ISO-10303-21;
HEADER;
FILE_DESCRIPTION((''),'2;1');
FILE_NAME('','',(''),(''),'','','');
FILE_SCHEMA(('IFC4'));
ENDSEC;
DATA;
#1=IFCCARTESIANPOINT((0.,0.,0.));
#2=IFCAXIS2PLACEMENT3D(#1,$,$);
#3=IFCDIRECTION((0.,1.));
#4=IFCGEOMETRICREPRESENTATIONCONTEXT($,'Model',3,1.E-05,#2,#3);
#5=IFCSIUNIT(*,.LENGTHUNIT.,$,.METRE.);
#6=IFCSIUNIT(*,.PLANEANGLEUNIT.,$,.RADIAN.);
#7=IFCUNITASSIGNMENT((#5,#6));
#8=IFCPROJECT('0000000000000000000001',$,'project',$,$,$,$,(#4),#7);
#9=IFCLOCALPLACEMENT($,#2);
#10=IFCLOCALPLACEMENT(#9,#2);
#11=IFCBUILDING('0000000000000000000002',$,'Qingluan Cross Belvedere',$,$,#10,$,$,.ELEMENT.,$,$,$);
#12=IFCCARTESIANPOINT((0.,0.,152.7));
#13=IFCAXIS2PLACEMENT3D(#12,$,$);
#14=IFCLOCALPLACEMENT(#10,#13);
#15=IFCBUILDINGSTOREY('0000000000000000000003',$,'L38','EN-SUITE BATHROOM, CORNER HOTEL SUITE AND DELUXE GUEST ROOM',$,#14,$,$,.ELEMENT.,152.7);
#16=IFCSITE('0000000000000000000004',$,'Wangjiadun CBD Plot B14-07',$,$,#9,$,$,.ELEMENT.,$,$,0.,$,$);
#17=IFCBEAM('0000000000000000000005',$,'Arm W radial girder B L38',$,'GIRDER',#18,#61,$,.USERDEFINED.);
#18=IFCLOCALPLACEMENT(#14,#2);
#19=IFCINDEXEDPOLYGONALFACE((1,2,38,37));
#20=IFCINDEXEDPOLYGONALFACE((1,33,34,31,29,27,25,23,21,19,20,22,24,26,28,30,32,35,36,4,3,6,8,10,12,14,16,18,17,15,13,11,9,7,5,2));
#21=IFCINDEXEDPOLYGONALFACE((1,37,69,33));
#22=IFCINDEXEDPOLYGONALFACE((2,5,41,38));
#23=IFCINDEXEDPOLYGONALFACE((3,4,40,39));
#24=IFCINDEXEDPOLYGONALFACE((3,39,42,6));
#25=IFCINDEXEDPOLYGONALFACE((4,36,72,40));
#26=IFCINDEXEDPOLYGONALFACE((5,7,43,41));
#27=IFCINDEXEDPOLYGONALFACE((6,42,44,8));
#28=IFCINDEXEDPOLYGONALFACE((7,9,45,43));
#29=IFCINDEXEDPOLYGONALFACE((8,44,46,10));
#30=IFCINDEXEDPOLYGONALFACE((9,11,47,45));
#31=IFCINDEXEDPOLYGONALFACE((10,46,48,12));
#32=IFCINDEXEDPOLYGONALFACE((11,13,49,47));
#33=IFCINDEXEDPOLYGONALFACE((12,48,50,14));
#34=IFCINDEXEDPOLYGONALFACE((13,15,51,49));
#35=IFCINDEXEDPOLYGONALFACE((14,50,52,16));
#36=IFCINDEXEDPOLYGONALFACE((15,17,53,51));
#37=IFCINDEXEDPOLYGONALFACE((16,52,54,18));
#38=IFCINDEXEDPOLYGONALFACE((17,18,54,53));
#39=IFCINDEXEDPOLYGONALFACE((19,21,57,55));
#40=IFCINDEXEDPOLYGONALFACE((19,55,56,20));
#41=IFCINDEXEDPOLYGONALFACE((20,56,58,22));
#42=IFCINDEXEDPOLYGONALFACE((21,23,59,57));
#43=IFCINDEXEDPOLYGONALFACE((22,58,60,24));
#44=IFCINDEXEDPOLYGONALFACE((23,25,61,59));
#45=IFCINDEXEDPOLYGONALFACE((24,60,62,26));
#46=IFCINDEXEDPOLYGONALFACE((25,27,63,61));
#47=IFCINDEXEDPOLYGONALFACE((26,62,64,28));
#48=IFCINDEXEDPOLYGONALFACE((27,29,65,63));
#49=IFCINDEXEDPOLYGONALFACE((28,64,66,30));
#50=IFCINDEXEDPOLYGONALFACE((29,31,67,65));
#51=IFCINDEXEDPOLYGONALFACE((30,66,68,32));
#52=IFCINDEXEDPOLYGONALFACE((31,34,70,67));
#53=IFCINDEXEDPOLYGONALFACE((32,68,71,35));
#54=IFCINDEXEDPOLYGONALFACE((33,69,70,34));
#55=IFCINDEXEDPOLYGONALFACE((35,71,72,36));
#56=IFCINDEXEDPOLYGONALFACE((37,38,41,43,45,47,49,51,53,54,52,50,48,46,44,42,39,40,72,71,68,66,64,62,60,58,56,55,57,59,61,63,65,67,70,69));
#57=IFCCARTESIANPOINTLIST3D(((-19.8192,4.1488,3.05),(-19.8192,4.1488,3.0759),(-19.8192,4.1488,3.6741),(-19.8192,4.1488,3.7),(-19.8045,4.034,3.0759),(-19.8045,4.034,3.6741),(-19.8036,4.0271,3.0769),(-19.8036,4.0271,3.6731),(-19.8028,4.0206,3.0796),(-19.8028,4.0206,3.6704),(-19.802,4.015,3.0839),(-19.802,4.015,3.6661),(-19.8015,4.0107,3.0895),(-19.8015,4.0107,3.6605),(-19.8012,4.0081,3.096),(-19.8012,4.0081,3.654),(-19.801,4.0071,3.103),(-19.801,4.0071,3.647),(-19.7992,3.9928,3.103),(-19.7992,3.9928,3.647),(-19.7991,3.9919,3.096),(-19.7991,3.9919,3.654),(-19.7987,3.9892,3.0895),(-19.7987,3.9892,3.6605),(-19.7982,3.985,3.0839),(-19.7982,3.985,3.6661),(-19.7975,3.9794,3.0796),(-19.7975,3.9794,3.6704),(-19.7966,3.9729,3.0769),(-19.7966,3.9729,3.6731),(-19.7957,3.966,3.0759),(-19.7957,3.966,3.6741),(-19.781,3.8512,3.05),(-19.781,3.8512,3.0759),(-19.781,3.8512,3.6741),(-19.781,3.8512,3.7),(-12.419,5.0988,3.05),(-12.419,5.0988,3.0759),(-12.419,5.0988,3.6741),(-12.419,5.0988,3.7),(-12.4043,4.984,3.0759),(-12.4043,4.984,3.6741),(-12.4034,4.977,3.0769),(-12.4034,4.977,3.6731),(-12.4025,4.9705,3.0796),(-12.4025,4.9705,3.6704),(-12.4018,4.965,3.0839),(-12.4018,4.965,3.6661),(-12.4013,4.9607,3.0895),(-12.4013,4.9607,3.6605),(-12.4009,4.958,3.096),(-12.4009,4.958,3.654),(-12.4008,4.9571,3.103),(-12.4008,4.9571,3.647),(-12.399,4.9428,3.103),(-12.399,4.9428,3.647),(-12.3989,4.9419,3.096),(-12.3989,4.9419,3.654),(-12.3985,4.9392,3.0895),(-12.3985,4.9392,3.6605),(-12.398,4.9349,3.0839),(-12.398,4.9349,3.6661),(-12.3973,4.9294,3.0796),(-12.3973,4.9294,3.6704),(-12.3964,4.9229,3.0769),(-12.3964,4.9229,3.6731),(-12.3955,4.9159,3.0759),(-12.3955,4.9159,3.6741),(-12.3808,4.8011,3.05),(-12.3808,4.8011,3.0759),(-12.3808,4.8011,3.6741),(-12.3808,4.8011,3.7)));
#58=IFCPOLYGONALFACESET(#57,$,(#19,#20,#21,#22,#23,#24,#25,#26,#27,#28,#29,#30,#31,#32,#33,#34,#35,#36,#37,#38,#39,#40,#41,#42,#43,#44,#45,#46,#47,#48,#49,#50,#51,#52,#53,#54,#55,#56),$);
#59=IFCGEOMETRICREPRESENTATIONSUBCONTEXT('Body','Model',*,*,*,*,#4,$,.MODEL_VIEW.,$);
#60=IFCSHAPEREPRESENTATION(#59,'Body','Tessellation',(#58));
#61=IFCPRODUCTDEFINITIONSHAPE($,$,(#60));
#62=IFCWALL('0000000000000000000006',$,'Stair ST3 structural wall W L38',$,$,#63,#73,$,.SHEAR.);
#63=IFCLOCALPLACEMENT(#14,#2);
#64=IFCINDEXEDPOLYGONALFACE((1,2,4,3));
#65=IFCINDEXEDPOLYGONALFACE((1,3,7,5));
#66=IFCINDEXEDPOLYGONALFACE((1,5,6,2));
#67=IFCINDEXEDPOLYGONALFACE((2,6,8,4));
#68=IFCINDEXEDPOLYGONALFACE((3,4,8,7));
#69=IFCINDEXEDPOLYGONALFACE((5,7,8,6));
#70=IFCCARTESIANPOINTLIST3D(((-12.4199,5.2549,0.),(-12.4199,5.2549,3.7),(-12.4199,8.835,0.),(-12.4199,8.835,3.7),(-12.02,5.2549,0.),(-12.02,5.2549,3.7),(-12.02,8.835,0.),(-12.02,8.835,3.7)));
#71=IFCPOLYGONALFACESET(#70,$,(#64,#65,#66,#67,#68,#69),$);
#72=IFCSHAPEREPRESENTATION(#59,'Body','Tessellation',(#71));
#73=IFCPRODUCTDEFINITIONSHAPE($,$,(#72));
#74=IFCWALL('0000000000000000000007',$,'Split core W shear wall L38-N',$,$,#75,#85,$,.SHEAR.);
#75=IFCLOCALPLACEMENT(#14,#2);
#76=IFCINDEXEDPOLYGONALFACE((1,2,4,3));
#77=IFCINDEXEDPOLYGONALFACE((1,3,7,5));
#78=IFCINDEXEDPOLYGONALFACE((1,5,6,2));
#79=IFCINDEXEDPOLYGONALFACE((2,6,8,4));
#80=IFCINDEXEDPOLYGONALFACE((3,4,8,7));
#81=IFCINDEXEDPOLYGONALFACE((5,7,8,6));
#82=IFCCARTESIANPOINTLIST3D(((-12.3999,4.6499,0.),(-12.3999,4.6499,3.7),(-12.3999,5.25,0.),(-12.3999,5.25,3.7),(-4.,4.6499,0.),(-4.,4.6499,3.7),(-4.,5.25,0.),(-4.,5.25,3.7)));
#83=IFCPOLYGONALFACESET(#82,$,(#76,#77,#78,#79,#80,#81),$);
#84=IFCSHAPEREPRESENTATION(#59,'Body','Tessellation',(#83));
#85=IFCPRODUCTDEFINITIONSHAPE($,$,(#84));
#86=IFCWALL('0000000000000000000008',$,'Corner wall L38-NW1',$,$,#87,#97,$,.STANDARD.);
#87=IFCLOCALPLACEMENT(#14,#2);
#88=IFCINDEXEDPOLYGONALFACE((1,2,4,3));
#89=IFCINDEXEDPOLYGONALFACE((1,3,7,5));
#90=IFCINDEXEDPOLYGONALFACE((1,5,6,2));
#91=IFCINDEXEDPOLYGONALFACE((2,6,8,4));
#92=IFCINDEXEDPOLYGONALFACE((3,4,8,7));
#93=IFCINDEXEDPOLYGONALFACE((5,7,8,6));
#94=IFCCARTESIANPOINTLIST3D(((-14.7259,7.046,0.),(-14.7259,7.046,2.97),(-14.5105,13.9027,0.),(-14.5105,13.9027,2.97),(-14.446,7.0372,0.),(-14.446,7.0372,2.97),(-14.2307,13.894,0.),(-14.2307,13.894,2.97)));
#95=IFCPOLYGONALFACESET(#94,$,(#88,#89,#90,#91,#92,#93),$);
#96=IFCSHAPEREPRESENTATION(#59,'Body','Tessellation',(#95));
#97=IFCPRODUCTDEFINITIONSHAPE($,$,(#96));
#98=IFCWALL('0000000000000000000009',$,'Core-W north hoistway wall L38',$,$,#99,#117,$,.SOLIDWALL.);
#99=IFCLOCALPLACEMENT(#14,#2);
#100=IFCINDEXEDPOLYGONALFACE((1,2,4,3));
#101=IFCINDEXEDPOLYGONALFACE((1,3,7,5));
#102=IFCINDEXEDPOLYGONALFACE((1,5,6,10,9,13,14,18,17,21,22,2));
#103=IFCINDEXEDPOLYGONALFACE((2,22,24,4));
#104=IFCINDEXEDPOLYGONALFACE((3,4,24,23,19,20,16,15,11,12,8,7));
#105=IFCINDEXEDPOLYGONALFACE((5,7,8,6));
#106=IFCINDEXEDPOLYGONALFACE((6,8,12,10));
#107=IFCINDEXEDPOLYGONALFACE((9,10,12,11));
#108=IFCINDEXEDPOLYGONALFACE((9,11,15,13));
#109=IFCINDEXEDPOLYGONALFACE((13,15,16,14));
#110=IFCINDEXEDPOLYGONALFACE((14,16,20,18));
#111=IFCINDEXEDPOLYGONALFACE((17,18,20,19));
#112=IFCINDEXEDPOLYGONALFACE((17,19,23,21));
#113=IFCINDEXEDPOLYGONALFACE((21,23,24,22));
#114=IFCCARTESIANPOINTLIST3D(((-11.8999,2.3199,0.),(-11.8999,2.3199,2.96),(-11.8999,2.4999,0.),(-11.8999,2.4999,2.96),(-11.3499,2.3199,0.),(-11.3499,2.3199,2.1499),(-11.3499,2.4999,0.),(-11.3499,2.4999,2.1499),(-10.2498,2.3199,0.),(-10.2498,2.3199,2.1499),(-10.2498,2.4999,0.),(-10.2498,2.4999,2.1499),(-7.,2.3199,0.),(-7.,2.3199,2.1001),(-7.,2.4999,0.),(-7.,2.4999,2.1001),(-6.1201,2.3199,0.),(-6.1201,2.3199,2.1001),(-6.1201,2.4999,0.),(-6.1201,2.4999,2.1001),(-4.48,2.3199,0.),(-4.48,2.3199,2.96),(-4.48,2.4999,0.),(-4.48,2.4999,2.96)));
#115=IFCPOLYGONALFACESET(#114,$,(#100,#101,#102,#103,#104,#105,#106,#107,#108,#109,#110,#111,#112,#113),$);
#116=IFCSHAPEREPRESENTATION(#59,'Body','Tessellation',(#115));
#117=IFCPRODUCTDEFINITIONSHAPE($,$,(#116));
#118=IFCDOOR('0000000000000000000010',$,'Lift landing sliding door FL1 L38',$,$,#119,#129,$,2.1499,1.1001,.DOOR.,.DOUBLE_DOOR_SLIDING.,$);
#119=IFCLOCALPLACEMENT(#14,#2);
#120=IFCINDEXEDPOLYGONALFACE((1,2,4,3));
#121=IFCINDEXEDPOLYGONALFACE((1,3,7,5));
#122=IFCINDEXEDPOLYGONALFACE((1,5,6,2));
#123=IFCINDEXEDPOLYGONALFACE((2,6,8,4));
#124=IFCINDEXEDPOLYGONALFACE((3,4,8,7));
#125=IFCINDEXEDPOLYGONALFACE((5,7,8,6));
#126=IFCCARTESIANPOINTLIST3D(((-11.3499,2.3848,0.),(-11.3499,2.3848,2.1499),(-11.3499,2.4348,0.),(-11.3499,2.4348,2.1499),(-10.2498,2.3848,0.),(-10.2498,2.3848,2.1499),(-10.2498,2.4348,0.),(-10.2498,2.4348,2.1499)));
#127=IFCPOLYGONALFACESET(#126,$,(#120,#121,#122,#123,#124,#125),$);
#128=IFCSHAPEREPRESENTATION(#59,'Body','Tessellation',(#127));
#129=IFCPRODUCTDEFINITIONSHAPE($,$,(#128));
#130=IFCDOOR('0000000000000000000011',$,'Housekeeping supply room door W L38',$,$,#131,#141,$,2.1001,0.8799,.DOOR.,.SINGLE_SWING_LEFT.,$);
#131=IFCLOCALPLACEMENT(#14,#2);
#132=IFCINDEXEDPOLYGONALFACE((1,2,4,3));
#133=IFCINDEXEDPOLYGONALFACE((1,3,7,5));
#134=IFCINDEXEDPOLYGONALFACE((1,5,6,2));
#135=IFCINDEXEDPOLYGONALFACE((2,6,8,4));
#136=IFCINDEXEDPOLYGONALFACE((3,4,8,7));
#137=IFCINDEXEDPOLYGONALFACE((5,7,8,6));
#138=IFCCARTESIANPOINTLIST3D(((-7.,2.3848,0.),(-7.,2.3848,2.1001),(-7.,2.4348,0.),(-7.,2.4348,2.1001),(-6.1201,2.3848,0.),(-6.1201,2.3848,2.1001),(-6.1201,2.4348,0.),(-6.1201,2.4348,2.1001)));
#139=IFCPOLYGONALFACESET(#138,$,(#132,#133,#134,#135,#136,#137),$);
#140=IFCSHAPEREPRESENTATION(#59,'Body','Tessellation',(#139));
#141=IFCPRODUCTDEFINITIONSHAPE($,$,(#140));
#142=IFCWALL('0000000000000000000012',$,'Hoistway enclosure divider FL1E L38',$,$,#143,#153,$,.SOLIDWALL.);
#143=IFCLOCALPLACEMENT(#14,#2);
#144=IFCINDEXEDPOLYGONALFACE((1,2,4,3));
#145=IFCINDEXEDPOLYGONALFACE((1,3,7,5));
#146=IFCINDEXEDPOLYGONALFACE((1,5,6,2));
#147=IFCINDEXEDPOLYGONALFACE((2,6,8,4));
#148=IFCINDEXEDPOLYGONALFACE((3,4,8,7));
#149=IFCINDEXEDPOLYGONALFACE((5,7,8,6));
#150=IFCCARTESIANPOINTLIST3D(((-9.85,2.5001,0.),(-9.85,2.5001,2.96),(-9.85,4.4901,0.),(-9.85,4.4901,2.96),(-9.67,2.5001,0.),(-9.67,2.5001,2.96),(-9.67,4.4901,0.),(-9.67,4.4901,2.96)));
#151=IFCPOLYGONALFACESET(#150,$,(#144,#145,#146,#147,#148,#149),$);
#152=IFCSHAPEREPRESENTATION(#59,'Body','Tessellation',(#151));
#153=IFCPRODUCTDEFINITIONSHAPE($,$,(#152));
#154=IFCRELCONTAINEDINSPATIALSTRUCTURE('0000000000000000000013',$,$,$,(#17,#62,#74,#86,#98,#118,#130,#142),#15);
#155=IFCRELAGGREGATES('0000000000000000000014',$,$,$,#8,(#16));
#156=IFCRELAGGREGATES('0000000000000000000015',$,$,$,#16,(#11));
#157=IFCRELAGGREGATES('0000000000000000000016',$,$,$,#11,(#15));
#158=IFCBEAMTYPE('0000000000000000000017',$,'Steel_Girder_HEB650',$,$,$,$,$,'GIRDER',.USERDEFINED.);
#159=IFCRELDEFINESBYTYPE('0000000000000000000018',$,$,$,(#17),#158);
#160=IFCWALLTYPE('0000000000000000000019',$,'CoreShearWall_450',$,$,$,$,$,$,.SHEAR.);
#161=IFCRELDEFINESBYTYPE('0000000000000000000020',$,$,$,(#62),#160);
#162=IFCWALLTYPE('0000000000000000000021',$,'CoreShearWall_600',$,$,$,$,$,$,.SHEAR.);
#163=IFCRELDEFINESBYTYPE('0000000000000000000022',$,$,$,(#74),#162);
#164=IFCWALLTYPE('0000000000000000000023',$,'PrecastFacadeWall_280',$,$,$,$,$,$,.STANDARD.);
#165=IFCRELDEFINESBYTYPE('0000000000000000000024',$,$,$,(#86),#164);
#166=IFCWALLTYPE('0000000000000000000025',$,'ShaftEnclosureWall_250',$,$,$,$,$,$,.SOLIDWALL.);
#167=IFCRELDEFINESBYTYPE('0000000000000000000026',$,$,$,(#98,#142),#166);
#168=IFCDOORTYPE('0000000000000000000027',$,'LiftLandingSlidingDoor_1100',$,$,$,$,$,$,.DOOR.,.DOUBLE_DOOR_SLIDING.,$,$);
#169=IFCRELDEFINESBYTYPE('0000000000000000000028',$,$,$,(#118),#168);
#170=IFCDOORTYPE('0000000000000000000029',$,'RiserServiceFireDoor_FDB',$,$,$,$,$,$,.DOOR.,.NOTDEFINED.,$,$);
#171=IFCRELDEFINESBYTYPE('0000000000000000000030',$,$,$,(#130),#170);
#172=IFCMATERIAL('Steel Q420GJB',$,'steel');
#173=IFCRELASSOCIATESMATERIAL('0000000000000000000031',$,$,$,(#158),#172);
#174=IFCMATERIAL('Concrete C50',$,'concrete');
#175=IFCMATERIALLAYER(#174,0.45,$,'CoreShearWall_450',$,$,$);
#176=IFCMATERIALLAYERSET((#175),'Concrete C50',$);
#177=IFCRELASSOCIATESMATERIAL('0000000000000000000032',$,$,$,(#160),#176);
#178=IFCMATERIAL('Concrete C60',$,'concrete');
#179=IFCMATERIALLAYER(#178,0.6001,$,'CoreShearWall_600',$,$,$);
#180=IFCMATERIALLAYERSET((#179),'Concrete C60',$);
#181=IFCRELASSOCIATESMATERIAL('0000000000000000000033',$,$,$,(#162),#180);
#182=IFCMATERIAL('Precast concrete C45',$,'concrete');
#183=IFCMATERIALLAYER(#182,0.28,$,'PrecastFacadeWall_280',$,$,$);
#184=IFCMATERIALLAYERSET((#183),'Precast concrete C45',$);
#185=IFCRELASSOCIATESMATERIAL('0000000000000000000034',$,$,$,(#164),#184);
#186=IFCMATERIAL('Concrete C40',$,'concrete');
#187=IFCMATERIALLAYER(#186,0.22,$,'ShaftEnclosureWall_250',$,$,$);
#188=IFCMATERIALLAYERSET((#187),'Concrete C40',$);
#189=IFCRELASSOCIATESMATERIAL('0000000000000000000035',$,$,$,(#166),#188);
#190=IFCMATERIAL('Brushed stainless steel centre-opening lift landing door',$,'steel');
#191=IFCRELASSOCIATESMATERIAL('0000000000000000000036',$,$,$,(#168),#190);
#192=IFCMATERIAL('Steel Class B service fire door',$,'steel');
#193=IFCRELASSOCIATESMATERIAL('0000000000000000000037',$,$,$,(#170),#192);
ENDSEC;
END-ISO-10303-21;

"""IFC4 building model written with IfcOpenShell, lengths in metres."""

from ifc_helpers import new_model, si_unit, direction, frame, frame_2d, origin, origin_2d, place, context, subcontext, project, spatial, rectangle, i_section, extrude, material, layer, layer_set, material_profile, profile_set, type_object, element, fill, save


model = new_model("IFC4")

# Units and contexts
model_context = context("Model", 3, precision=1e-05, world=origin(), true_north=direction((0.0, 1.0)))
body_context = subcontext(model_context, "Body", "Model", "MODEL_VIEW")
ifc_project = project(units=[si_unit("LENGTHUNIT", "METRE"), si_unit("PLANEANGLEUNIT", "RADIAN")], contexts=[model_context])

# Site, building, storey
site_placement = place(None, origin())
site = spatial("IfcSite", under=ifc_project, at=site_placement, Name="Wangjiadun CBD Plot B14-07", CompositionType="ELEMENT", RefElevation=0.0)
building_placement = place(site_placement, origin())
building = spatial("IfcBuilding", under=site, at=building_placement, Name="Qingluan Cross Belvedere", CompositionType="ELEMENT")
storey_placement = place(building_placement, frame((0.0, 0.0, 152.7)))
storey = spatial("IfcBuildingStorey", under=building, at=storey_placement, Name="L38", Description="EN-SUITE BATHROOM, CORNER HOTEL SUITE AND DELUXE GUEST ROOM", CompositionType="ELEMENT", Elevation=152.7)

# Beam
ifc_material_1 = material(Name="Steel Q420GJB", Category="steel")
ifc_material_profile_1 = material_profile(ifc_material_1, i_section(OverallWidth=0.3, OverallDepth=0.6499, WebThickness=0.0144, FlangeThickness=0.0259, FilletRadius=0.0271, at=origin_2d()), Name="HEB650")
ifc_profile_set_1 = profile_set([ifc_material_profile_1], Name="Steel Q420GJB")
beam_type_1 = type_object("IfcBeamType", Name="Steel_Girder_HEB650", ElementType="GIRDER", PredefinedType="USERDEFINED", material=ifc_profile_set_1)
beam_1_placement = place(storey_placement, frame((-12.3999, 4.95, 3.375), z_axis=(-0.991861, -0.127324, 0.0), x_axis=(0.127324, -0.991861, 0.0)))
element("IfcBeam", 1, at=beam_1_placement, inside=storey, type_object=beam_type_1, Name="Arm W radial girder B L38", ObjectType="GIRDER", PredefinedType="USERDEFINED", context=body_context, shape_type="SweptSolid", body=[
    extrude(i_section(OverallWidth=0.3, OverallDepth=0.6499, WebThickness=0.0144, FlangeThickness=0.0259, FilletRadius=0.0271, at=origin_2d()), origin(), (0.0, 0.0, 1.0), 7.4609),
])

# Wall
ifc_material_2 = material(Name="Concrete C50", Category="concrete")
ifc_layer_1 = layer(ifc_material_2, 0.45, Name="CoreShearWall_450")
ifc_layer_set_1 = layer_set([ifc_layer_1], Name="Concrete C50")
wall_type_1 = type_object("IfcWallType", Name="CoreShearWall_450", PredefinedType="SHEAR", material=ifc_layer_set_1)
wall_1_placement = place(storey_placement, frame((-12.22, 5.2549, 0.0), z_axis=(0.0, 0.0, 1.0), x_axis=(0.0, 1.0, 0.0)))
element("IfcWall", 2, at=wall_1_placement, inside=storey, type_object=wall_type_1, Name="Stair ST3 structural wall W L38", PredefinedType="SHEAR", context=body_context, shape_type="SweptSolid", body=[
    extrude(rectangle(XDim=3.5801, YDim=0.3999, at=frame_2d((1.79, 0.0))), origin(), (0.0, 0.0, 1.0), 3.7),
])

# Walls
ifc_material_3 = material(Name="Concrete C60", Category="concrete")
ifc_layer_2 = layer(ifc_material_3, 0.6001, Name="CoreShearWall_600")
ifc_layer_set_2 = layer_set([ifc_layer_2], Name="Concrete C60")
wall_type_2 = type_object("IfcWallType", Name="CoreShearWall_600", PredefinedType="SHEAR", material=ifc_layer_set_2)
wall_2_placement = place(storey_placement, frame((-12.3999, 4.95, 0.0), z_axis=(0.0, 0.0, 1.0), x_axis=(1.0, 0.0, 0.0)))
element("IfcWall", 3, at=wall_2_placement, inside=storey, type_object=wall_type_2, Name="Split core W shear wall L38-N", PredefinedType="SHEAR", context=body_context, shape_type="SweptSolid", body=[
    extrude(rectangle(XDim=8.3999, YDim=0.6001, at=frame_2d((4.2, 0.0))), origin(), (0.0, 0.0, 1.0), 3.7),
])
ifc_material_4 = material(Name="Precast concrete C45", Category="concrete")
ifc_layer_3 = layer(ifc_material_4, 0.28, Name="PrecastFacadeWall_280")
ifc_layer_set_3 = layer_set([ifc_layer_3], Name="Precast concrete C45")
wall_type_3 = type_object("IfcWallType", Name="PrecastFacadeWall_280", PredefinedType="STANDARD", material=ifc_layer_set_3)
wall_3_placement = place(storey_placement, frame((-14.5859, 7.0415, 0.0), z_axis=(0.0, 0.0, 1.0), x_axis=(0.031389, 0.999507, 0.0)))
element("IfcWall", 4, at=wall_3_placement, inside=storey, type_object=wall_type_3, Name="Corner wall L38-NW1", PredefinedType="STANDARD", context=body_context, shape_type="SweptSolid", body=[
    extrude(rectangle(XDim=6.8601, YDim=0.28, at=frame_2d((3.4302, 0.0))), origin(), (0.0, 0.0, 1.0), 2.97),
])

# Wall, openings, doors
ifc_material_5 = material(Name="Concrete C40", Category="concrete")
ifc_layer_4 = layer(ifc_material_5, 0.22, Name="ShaftEnclosureWall_250")
ifc_layer_set_4 = layer_set([ifc_layer_4], Name="Concrete C40")
wall_type_4 = type_object("IfcWallType", Name="ShaftEnclosureWall_250", PredefinedType="SOLIDWALL", material=ifc_layer_set_4)
wall_4_placement = place(storey_placement, frame((-11.8999, 2.4099, 0.0), z_axis=(0.0, 0.0, 1.0), x_axis=(1.0, 0.0, 0.0)))
wall_4 = element("IfcWall", 5, at=wall_4_placement, inside=storey, type_object=wall_type_4, Name="Core-W north hoistway wall L38", PredefinedType="SOLIDWALL", context=body_context, shape_type="SweptSolid", body=[
    extrude(rectangle(XDim=7.4199, YDim=0.1799, at=frame_2d((3.71, 0.0))), origin(), (0.0, 0.0, 1.0), 2.96),
])
opening_1_placement = place(wall_4_placement, frame((0.55, 0.0, 0.0)))
opening_1 = element("IfcOpeningElement", 6, at=opening_1_placement, cuts=wall_4, PredefinedType="OPENING", context=body_context, shape_type="SweptSolid", body=[
    extrude(rectangle(XDim=1.1001, YDim=2.1499, at=frame_2d((0.55, 1.075))), frame((0.0, 0.0999, 0.0), z_axis=(0.0, -1.0, 0.0), x_axis=(1.0, 0.0, 0.0)), (0.0, 0.0, 1.0), 0.2),
])
opening_2_placement = place(wall_4_placement, frame((4.8999, 0.0, 0.0)))
opening_2 = element("IfcOpeningElement", 7, at=opening_2_placement, cuts=wall_4, PredefinedType="OPENING", context=body_context, shape_type="SweptSolid", body=[
    extrude(rectangle(XDim=0.8799, YDim=2.1001, at=frame_2d((0.4399, 1.05))), frame((0.0, 0.0999, 0.0), z_axis=(0.0, -1.0, 0.0), x_axis=(1.0, 0.0, 0.0)), (0.0, 0.0, 1.0), 0.2),
])
ifc_material_6 = material(Name="Brushed stainless steel centre-opening lift landing door", Category="steel")
door_type_1 = type_object("IfcDoorType", Name="LiftLandingSlidingDoor_1100", OperationType="DOUBLE_DOOR_SLIDING", PredefinedType="DOOR", material=ifc_material_6)
door_1_placement = place(opening_1_placement, origin())
door_1 = element("IfcDoor", 8, at=door_1_placement, inside=storey, type_object=door_type_1, Name="Lift landing sliding door FL1 L38", OperationType="DOUBLE_DOOR_SLIDING", OverallHeight=2.1499, OverallWidth=1.1001, PredefinedType="DOOR", context=body_context, shape_type="SweptSolid", body=[
    extrude(rectangle(XDim=1.1001, YDim=2.1499, at=frame_2d((0.55, 1.075))), frame((0.0, 0.0249, 0.0), z_axis=(0.0, -1.0, 0.0), x_axis=(1.0, 0.0, 0.0)), (0.0, 0.0, 1.0), 0.05),
])
fill(opening_1, door_1)
ifc_material_7 = material(Name="Steel Class B service fire door", Category="steel")
door_type_2 = type_object("IfcDoorType", Name="RiserServiceFireDoor_FDB", OperationType="NOTDEFINED", PredefinedType="DOOR", material=ifc_material_7)
door_2_placement = place(opening_2_placement, origin())
door_2 = element("IfcDoor", 9, at=door_2_placement, inside=storey, type_object=door_type_2, Name="Housekeeping supply room door W L38", OperationType="SINGLE_SWING_LEFT", OverallHeight=2.1001, OverallWidth=0.8799, PredefinedType="DOOR", context=body_context, shape_type="SweptSolid", body=[
    extrude(rectangle(XDim=0.8799, YDim=2.1001, at=frame_2d((0.4399, 1.05))), frame((0.0, 0.0249, 0.0), z_axis=(0.0, -1.0, 0.0), x_axis=(1.0, 0.0, 0.0)), (0.0, 0.0, 1.0), 0.05),
])
fill(opening_2, door_2)

# Wall
wall_5_placement = place(storey_placement, frame((-9.76, 2.5, 0.0), z_axis=(0.0, 0.0, 1.0), x_axis=(0.0, 1.0, 0.0)))
element("IfcWall", 10, at=wall_5_placement, inside=storey, type_object=wall_type_4, Name="Hoistway enclosure divider FL1E L38", PredefinedType="SOLIDWALL", context=body_context, shape_type="SweptSolid", body=[
    extrude(rectangle(XDim=1.99, YDim=0.1799, at=frame_2d((0.9951, 0.0))), origin(), (0.0, 0.0, 1.0), 2.96),
])

save(model, "model.ifc")
